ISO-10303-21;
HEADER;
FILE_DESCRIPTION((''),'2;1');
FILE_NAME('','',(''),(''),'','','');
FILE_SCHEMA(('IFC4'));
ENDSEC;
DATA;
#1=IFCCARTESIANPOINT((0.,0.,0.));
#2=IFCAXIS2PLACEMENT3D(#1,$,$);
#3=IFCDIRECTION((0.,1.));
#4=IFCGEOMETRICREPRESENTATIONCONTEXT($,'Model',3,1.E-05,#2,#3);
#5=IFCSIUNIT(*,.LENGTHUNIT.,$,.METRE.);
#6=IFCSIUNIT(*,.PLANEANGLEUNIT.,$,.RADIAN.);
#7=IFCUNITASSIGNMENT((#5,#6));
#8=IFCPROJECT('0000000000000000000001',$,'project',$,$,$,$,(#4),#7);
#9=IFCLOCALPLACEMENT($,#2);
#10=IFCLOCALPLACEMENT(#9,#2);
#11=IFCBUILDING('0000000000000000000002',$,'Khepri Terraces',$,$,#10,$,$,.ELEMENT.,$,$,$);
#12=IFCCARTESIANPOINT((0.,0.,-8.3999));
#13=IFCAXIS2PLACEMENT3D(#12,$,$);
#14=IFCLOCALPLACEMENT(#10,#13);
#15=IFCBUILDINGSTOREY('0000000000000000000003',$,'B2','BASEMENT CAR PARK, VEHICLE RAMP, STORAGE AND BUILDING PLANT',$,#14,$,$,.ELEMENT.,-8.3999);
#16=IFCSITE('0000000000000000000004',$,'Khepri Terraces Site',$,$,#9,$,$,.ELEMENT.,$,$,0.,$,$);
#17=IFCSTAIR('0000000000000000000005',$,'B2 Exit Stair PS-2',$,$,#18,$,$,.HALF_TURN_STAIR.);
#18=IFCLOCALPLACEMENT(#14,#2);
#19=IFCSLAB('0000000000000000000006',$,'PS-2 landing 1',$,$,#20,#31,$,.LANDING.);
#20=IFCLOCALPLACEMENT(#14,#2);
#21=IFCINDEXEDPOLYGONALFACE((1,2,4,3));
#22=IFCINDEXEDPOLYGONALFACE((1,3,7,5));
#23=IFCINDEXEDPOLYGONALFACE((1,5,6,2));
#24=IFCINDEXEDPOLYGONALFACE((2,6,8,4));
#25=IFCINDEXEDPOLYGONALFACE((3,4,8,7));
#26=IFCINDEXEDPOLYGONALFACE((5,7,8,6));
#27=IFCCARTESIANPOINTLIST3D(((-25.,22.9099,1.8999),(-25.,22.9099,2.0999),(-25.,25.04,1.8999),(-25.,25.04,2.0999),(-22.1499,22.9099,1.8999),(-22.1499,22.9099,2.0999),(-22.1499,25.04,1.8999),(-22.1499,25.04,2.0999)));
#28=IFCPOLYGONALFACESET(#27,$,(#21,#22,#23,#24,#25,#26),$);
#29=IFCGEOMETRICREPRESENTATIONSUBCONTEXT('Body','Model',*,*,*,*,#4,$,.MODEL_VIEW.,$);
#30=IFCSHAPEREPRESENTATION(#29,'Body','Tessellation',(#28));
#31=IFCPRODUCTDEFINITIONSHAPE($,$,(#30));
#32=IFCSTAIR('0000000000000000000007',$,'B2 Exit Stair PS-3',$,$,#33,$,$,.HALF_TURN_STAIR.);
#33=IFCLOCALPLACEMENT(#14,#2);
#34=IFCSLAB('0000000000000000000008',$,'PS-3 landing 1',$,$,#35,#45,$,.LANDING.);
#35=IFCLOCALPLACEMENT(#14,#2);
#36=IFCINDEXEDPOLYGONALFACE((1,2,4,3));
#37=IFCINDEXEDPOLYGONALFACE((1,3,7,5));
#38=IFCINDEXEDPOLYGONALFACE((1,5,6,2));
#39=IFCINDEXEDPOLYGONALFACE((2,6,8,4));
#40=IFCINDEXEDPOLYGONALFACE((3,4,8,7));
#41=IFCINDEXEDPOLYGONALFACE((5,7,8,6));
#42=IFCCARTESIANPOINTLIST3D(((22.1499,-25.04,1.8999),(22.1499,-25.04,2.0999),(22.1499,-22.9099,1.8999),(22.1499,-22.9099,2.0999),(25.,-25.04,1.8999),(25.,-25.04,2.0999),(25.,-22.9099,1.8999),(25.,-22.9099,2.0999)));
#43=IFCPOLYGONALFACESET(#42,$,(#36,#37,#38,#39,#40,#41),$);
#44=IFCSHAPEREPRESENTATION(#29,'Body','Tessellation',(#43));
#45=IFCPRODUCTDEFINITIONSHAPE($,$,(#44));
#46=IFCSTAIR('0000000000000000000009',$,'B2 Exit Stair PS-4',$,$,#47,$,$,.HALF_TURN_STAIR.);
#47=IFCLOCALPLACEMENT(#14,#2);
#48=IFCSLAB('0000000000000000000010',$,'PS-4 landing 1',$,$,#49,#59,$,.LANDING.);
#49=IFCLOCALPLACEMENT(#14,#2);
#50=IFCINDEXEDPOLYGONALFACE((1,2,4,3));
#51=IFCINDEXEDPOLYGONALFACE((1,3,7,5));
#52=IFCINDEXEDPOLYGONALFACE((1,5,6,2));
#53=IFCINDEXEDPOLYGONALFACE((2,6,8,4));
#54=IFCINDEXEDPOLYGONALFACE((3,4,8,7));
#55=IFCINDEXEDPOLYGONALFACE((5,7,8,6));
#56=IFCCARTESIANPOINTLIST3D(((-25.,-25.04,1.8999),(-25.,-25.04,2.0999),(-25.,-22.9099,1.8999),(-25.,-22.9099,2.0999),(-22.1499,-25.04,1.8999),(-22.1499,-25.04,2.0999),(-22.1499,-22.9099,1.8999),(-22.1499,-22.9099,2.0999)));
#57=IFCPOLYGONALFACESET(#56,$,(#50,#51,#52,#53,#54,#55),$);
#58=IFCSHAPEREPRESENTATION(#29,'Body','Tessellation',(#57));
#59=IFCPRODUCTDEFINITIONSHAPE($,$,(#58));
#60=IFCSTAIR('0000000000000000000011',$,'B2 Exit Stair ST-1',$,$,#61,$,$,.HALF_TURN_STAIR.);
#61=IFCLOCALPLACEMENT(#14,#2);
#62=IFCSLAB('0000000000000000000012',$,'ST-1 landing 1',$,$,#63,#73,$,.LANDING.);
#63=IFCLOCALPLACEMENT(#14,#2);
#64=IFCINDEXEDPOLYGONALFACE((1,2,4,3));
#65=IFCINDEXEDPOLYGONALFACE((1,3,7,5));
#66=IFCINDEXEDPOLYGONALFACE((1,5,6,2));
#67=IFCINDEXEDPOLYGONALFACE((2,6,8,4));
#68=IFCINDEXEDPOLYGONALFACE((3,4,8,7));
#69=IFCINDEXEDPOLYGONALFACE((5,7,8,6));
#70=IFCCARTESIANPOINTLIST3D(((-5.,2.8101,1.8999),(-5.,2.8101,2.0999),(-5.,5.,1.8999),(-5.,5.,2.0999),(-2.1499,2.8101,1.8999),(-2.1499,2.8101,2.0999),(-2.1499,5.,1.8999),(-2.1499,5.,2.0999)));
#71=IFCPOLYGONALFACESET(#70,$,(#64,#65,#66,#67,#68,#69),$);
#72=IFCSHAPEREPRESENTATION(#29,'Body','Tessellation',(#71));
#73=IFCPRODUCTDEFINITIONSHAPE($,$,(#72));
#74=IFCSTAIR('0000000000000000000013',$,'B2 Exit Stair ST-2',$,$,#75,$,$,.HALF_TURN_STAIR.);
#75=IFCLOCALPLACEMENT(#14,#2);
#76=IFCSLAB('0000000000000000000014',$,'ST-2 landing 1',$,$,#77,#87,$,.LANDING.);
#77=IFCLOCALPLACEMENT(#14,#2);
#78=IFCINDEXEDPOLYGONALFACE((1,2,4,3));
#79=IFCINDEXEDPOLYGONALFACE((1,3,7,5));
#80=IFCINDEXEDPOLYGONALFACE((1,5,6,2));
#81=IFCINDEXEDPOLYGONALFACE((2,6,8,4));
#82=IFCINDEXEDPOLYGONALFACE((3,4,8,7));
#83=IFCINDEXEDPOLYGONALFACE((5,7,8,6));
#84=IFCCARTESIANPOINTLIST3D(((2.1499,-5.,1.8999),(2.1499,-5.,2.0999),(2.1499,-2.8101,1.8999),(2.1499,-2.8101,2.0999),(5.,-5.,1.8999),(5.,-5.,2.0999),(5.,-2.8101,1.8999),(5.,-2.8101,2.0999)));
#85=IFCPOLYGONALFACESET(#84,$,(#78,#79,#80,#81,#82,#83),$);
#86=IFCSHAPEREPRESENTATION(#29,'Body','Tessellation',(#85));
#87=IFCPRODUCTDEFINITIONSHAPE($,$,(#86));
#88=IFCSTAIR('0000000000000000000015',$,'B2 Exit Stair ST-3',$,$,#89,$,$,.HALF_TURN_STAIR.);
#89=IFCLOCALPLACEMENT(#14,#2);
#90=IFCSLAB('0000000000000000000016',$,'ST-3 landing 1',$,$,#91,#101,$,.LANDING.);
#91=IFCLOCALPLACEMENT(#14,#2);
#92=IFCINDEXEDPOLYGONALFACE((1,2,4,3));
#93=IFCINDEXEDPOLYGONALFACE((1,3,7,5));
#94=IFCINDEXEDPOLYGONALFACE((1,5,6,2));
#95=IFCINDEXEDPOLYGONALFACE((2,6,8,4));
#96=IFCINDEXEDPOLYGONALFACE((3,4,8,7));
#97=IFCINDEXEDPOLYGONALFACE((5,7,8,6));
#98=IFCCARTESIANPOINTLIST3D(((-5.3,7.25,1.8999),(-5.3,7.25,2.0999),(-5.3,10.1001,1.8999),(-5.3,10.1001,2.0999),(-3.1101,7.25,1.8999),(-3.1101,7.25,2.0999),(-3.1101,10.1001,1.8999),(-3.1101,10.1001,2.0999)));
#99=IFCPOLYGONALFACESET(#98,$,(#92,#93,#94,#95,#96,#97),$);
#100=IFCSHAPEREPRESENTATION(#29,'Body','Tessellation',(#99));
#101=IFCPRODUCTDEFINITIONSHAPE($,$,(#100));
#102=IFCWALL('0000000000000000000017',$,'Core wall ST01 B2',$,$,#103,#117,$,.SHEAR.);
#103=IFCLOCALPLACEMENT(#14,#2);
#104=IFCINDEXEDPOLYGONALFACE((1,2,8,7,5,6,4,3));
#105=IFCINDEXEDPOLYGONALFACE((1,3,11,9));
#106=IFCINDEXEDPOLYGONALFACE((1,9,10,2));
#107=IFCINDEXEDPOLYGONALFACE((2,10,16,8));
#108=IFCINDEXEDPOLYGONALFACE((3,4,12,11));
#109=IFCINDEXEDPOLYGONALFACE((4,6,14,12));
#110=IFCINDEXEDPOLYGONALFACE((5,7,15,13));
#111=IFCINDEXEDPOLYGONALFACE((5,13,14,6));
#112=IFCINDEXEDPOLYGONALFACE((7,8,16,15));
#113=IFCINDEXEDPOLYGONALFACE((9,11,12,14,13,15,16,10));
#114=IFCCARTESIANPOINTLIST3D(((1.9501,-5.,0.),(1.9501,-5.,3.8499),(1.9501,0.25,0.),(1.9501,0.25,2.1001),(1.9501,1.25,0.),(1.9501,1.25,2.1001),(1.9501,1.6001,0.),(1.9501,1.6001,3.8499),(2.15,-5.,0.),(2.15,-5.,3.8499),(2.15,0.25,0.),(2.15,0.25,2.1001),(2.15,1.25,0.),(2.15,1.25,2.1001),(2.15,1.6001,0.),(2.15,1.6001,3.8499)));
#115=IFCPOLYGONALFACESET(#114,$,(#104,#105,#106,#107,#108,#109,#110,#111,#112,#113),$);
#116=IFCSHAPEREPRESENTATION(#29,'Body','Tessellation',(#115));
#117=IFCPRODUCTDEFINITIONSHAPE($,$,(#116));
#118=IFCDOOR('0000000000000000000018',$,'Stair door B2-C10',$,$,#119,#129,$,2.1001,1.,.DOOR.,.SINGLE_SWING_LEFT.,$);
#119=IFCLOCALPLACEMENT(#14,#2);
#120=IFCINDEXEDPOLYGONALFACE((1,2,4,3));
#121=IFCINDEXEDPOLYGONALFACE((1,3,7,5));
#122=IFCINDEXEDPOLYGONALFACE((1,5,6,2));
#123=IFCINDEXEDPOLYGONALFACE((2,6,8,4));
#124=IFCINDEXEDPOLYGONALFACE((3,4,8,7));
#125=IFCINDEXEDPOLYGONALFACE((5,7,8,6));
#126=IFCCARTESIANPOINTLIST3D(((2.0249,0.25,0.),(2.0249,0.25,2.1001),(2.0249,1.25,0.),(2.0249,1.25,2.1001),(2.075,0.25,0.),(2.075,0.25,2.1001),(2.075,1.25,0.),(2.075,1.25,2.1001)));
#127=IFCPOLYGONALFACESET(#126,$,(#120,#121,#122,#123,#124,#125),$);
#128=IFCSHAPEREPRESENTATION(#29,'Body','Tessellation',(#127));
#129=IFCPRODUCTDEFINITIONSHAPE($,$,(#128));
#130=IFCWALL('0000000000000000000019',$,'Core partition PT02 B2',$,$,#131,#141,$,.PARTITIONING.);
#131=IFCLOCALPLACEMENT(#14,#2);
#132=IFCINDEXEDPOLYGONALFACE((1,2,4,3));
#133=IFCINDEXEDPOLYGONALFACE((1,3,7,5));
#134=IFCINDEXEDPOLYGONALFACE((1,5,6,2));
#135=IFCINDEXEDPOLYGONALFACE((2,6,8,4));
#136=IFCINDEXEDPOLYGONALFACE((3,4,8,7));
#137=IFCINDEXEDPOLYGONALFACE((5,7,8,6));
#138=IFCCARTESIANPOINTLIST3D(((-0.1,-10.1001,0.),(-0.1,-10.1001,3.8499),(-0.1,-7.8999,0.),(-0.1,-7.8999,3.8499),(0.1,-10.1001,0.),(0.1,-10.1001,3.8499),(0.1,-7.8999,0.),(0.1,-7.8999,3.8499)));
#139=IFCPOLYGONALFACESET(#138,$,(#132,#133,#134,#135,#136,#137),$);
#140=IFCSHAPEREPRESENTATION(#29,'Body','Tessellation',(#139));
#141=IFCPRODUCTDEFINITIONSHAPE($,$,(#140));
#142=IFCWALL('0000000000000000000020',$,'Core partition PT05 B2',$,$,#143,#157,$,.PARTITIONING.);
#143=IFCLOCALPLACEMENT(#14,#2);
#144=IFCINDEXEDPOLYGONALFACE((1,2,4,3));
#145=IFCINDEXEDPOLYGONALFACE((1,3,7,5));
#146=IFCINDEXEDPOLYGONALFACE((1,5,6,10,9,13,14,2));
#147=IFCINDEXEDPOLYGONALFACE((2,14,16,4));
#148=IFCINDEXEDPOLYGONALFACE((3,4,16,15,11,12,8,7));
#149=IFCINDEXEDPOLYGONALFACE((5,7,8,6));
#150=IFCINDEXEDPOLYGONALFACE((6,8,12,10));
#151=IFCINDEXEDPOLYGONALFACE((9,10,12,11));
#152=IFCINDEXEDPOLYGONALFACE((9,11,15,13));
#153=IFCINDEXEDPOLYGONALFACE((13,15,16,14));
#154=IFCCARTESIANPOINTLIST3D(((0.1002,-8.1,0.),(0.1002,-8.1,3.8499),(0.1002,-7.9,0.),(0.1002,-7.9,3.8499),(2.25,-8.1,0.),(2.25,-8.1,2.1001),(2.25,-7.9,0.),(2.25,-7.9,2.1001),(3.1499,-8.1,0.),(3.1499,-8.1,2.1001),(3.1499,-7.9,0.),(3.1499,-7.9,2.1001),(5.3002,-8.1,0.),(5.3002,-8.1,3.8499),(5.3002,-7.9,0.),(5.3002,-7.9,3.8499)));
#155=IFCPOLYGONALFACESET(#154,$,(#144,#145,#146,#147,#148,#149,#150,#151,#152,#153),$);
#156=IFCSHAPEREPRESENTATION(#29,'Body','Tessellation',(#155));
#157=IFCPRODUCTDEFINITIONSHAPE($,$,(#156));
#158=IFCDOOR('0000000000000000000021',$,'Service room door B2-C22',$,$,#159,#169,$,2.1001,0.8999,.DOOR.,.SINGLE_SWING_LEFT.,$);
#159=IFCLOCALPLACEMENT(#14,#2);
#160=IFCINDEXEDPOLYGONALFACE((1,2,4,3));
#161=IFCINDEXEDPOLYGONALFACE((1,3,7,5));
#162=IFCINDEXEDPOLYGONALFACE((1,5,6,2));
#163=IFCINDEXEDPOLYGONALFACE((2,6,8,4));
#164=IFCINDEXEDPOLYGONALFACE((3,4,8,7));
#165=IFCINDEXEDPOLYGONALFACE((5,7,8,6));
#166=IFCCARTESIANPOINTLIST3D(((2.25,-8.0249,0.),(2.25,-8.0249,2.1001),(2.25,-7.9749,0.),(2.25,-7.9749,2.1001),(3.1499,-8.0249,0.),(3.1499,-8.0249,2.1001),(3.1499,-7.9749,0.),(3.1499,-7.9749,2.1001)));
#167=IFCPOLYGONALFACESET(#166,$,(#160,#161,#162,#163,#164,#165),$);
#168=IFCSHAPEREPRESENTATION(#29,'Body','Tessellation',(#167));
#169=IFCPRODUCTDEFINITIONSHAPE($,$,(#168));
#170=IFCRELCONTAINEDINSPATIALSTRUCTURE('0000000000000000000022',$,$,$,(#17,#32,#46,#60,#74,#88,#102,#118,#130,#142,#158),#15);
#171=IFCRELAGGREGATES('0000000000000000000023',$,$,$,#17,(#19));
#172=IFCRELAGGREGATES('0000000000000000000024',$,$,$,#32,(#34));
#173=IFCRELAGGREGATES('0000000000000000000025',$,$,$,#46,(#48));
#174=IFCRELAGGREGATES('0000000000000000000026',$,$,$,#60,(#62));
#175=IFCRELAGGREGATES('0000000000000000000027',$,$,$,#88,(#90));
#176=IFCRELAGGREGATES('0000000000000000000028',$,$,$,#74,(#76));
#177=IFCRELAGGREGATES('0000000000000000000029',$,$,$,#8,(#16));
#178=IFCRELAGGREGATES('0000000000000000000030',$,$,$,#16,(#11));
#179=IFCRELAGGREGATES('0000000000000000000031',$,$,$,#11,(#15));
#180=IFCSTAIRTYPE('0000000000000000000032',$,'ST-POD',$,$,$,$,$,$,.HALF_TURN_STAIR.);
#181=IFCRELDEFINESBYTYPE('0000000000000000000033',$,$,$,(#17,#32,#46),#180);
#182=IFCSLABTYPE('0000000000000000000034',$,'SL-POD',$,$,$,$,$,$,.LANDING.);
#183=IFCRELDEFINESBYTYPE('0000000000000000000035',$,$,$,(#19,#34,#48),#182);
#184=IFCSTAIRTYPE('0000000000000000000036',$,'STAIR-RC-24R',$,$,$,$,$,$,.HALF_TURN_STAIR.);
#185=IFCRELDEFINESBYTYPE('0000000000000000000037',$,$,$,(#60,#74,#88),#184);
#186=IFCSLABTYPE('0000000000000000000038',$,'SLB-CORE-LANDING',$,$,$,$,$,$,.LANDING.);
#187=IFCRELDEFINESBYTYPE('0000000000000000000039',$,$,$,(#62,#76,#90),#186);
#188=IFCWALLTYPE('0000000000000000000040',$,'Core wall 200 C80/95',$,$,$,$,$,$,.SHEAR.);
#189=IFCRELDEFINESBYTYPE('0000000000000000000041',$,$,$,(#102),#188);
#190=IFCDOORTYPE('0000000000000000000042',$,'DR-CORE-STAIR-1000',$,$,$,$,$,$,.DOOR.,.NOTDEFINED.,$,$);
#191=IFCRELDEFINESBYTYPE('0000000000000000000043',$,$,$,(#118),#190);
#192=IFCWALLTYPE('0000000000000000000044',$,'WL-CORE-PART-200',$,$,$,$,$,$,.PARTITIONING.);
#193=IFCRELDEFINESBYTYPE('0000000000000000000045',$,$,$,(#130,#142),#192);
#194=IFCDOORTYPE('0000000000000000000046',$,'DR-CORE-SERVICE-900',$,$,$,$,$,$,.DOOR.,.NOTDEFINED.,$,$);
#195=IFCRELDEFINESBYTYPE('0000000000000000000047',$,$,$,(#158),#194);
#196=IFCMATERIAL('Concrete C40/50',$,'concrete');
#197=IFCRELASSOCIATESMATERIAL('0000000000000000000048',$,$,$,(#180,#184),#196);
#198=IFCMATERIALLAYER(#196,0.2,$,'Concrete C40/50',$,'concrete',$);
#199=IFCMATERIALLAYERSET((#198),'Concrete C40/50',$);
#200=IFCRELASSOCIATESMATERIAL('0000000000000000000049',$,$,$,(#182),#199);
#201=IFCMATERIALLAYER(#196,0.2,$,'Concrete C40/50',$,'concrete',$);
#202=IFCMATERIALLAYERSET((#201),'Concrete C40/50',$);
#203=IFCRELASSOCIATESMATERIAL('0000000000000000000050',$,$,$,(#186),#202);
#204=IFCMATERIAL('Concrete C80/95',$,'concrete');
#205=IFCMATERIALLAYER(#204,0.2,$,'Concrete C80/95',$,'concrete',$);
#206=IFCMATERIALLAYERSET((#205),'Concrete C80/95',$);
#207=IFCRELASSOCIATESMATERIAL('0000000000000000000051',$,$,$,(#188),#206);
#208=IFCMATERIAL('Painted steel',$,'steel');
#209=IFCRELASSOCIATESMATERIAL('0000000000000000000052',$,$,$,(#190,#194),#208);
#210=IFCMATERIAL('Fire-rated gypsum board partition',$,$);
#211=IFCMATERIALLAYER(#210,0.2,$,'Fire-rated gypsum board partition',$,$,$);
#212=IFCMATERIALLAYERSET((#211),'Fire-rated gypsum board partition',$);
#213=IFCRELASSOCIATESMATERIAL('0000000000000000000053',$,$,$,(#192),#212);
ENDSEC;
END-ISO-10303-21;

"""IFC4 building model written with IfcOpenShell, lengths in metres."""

from ifc_helpers import new_model, si_unit, direction, frame, frame_2d, origin, place, context, subcontext, project, spatial, polyline, rectangle, outline, extrude, material, layer, layer_set, type_object, element, fill, aggregate, save


model = new_model("IFC4")

# Units and contexts
model_context = context("Model", 3, precision=1e-05, world=origin(), true_north=direction((0.0, 1.0)))
body_context = subcontext(model_context, "Body", "Model", "MODEL_VIEW")
ifc_project = project(units=[si_unit("LENGTHUNIT", "METRE"), si_unit("PLANEANGLEUNIT", "RADIAN")], contexts=[model_context])

# Site, building, storey
site_placement = place(None, origin())
site = spatial("IfcSite", under=ifc_project, at=site_placement, Name="Khepri Terraces Site", CompositionType="ELEMENT", RefElevation=0.0)
building_placement = place(site_placement, origin())
building = spatial("IfcBuilding", under=site, at=building_placement, Name="Khepri Terraces", CompositionType="ELEMENT")
storey_placement = place(building_placement, frame((0.0, 0.0, -8.3999)))
storey = spatial("IfcBuildingStorey", under=building, at=storey_placement, Name="B2", Description="BASEMENT CAR PARK, VEHICLE RAMP, STORAGE AND BUILDING PLANT", CompositionType="ELEMENT", Elevation=-8.3999)

# Shared definitions
ifc_material_1 = material(Name="Concrete C40/50", Category="concrete")

# Stairs, slabs
stair_type_1 = type_object("IfcStairType", Name="ST-POD", PredefinedType="HALF_TURN_STAIR", material=ifc_material_1)
ifc_layer_1 = layer(ifc_material_1, 0.2, Name="Concrete C40/50", Category="concrete")
ifc_layer_set_1 = layer_set([ifc_layer_1], Name="Concrete C40/50")
slab_type_1 = type_object("IfcSlabType", Name="SL-POD", PredefinedType="LANDING", material=ifc_layer_set_1)
stair_1_placement = place(storey_placement, origin())
stair_1 = element("IfcStair", 1, at=stair_1_placement, inside=storey, type_object=stair_type_1, Name="B2 Exit Stair PS-2", PredefinedType="HALF_TURN_STAIR")
slab_1_placement = place(storey_placement, frame((0.0, 0.0, 1.8999)))
slab_1 = element("IfcSlab", 2, at=slab_1_placement, type_object=slab_type_1, Name="PS-2 landing 1", PredefinedType="LANDING", context=body_context, shape_type="SweptSolid", body=[
    extrude(outline(polyline([(-22.1499, 22.9099), (-22.1499, 25.04), (-25.0, 25.04), (-25.0, 22.9099), (-22.1499, 22.9099)])), origin(), (0.0, 0.0, 1.0), 0.2),
])
aggregate(stair_1, [slab_1])
stair_2_placement = place(storey_placement, origin())
stair_2 = element("IfcStair", 3, at=stair_2_placement, inside=storey, type_object=stair_type_1, Name="B2 Exit Stair PS-3", PredefinedType="HALF_TURN_STAIR")
slab_2_placement = place(storey_placement, frame((0.0, 0.0, 1.8999)))
slab_2 = element("IfcSlab", 4, at=slab_2_placement, type_object=slab_type_1, Name="PS-3 landing 1", PredefinedType="LANDING", context=body_context, shape_type="SweptSolid", body=[
    extrude(outline(polyline([(22.1499, -22.9099), (22.1499, -25.04), (25.0, -25.04), (25.0, -22.9099), (22.1499, -22.9099)])), origin(), (0.0, 0.0, 1.0), 0.2),
])
aggregate(stair_2, [slab_2])
stair_3_placement = place(storey_placement, origin())
stair_3 = element("IfcStair", 5, at=stair_3_placement, inside=storey, type_object=stair_type_1, Name="B2 Exit Stair PS-4", PredefinedType="HALF_TURN_STAIR")
slab_3_placement = place(storey_placement, frame((0.0, 0.0, 1.8999)))
slab_3 = element("IfcSlab", 6, at=slab_3_placement, type_object=slab_type_1, Name="PS-4 landing 1", PredefinedType="LANDING", context=body_context, shape_type="SweptSolid", body=[
    extrude(outline(polyline([(-25.0, -22.9099), (-25.0, -25.04), (-22.1499, -25.04), (-22.1499, -22.9099), (-25.0, -22.9099)])), origin(), (0.0, 0.0, 1.0), 0.2),
])
aggregate(stair_3, [slab_3])
stair_type_2 = type_object("IfcStairType", Name="STAIR-RC-24R", PredefinedType="HALF_TURN_STAIR", material=ifc_material_1)
stair_4_placement = place(storey_placement, origin())
stair_4 = element("IfcStair", 7, at=stair_4_placement, inside=storey, type_object=stair_type_2, Name="B2 Exit Stair ST-1", PredefinedType="HALF_TURN_STAIR")
ifc_layer_2 = layer(ifc_material_1, 0.2, Name="Concrete C40/50", Category="concrete")
ifc_layer_set_2 = layer_set([ifc_layer_2], Name="Concrete C40/50")
slab_type_2 = type_object("IfcSlabType", Name="SLB-CORE-LANDING", PredefinedType="LANDING", material=ifc_layer_set_2)
slab_4_placement = place(storey_placement, frame((0.0, 0.0, 1.8999)))
slab_4 = element("IfcSlab", 8, at=slab_4_placement, type_object=slab_type_2, Name="ST-1 landing 1", PredefinedType="LANDING", context=body_context, shape_type="SweptSolid", body=[
    extrude(outline(polyline([(-2.1499, 2.8101), (-2.1499, 5.0), (-5.0, 5.0), (-5.0, 2.8101), (-2.1499, 2.8101)])), origin(), (0.0, 0.0, 1.0), 0.2),
])
aggregate(stair_4, [slab_4])
stair_5_placement = place(storey_placement, origin())
stair_5 = element("IfcStair", 9, at=stair_5_placement, inside=storey, type_object=stair_type_2, Name="B2 Exit Stair ST-2", PredefinedType="HALF_TURN_STAIR")
slab_5_placement = place(storey_placement, frame((0.0, 0.0, 1.8999)))
slab_5 = element("IfcSlab", 10, at=slab_5_placement, type_object=slab_type_2, Name="ST-2 landing 1", PredefinedType="LANDING", context=body_context, shape_type="SweptSolid", body=[
    extrude(outline(polyline([(2.1499, -2.8101), (2.1499, -5.0), (5.0, -5.0), (5.0, -2.8101), (2.1499, -2.8101)])), origin(), (0.0, 0.0, 1.0), 0.2),
])
stair_6_placement = place(storey_placement, origin())
stair_6 = element("IfcStair", 11, at=stair_6_placement, inside=storey, type_object=stair_type_2, Name="B2 Exit Stair ST-3", PredefinedType="HALF_TURN_STAIR")
slab_6_placement = place(storey_placement, frame((0.0, 0.0, 1.8999)))
slab_6 = element("IfcSlab", 12, at=slab_6_placement, type_object=slab_type_2, Name="ST-3 landing 1", PredefinedType="LANDING", context=body_context, shape_type="SweptSolid", body=[
    extrude(outline(polyline([(-3.1101, 10.1001), (-5.3, 10.1001), (-5.3, 7.25), (-3.1101, 7.25), (-3.1101, 10.1001)])), origin(), (0.0, 0.0, 1.0), 0.2),
])
aggregate(stair_6, [slab_6])

# Wall, opening, door
ifc_material_2 = material(Name="Concrete C80/95", Category="concrete")
ifc_layer_3 = layer(ifc_material_2, 0.2, Name="Concrete C80/95", Category="concrete")
ifc_layer_set_3 = layer_set([ifc_layer_3], Name="Concrete C80/95")
wall_type_1 = type_object("IfcWallType", Name="Core wall 200 C80/95", PredefinedType="SHEAR", material=ifc_layer_set_3)
wall_1_placement = place(storey_placement, frame((2.05, -5.0, 0.0), z_axis=(0.0, 0.0, 1.0), x_axis=(0.0, 1.0, 0.0)))
wall_1 = element("IfcWall", 13, at=wall_1_placement, inside=storey, type_object=wall_type_1, Name="Core wall ST01 B2", PredefinedType="SHEAR", context=body_context, shape_type="SweptSolid", body=[
    extrude(rectangle(XDim=6.6001, YDim=0.2, at=frame_2d((3.3, 0.0))), origin(), (0.0, 0.0, 1.0), 3.8499),
])
opening_1_placement = place(wall_1_placement, frame((5.25, 0.0, 0.0)))
opening_1 = element("IfcOpeningElement", 14, at=opening_1_placement, cuts=wall_1, PredefinedType="OPENING", context=body_context, shape_type="SweptSolid", body=[
    extrude(rectangle(XDim=1.0, YDim=2.1001, at=frame_2d((0.5, 1.05))), frame((0.0, 0.1099, 0.0), z_axis=(0.0, -1.0, 0.0), x_axis=(1.0, 0.0, 0.0)), (0.0, 0.0, 1.0), 0.22),
])
ifc_material_3 = material(Name="Painted steel", Category="steel")
door_type_1 = type_object("IfcDoorType", Name="DR-CORE-STAIR-1000", OperationType="NOTDEFINED", PredefinedType="DOOR", material=ifc_material_3)
door_1_placement = place(opening_1_placement, frame((1.0, 0.0, 0.0), z_axis=(0.0, 0.0, 1.0), x_axis=(-1.0, 0.0, 0.0)))
door_1 = element("IfcDoor", 15, at=door_1_placement, inside=storey, type_object=door_type_1, Name="Stair door B2-C10", OperationType="SINGLE_SWING_LEFT", OverallHeight=2.1001, OverallWidth=1.0, PredefinedType="DOOR", context=body_context, shape_type="SweptSolid", body=[
    extrude(rectangle(XDim=1.0, YDim=2.1001, at=frame_2d((0.5, 1.05))), frame((0.0, 0.0249, 0.0), z_axis=(0.0, -1.0, 0.0), x_axis=(1.0, 0.0, 0.0)), (0.0, 0.0, 1.0), 0.05),
])
fill(opening_1, door_1)

# Wall
ifc_material_4 = material(Name="Fire-rated gypsum board partition")
ifc_layer_4 = layer(ifc_material_4, 0.2, Name="Fire-rated gypsum board partition")
ifc_layer_set_4 = layer_set([ifc_layer_4], Name="Fire-rated gypsum board partition")
wall_type_2 = type_object("IfcWallType", Name="WL-CORE-PART-200", PredefinedType="PARTITIONING", material=ifc_layer_set_4)
wall_2_placement = place(storey_placement, frame((0.0, -10.1001, 0.0), z_axis=(0.0, 0.0, 1.0), x_axis=(0.0, 1.0, 0.0)))
element("IfcWall", 16, at=wall_2_placement, inside=storey, type_object=wall_type_2, Name="Core partition PT02 B2", PredefinedType="PARTITIONING", context=body_context, shape_type="SweptSolid", body=[
    extrude(rectangle(XDim=2.2002, YDim=0.2, at=frame_2d((1.1001, 0.0))), origin(), (0.0, 0.0, 1.0), 3.8499),
])

# Wall, opening, door
wall_3_placement = place(storey_placement, frame((0.1001, -8.0, 0.0), z_axis=(0.0, 0.0, 1.0), x_axis=(1.0, 0.0, 0.0)))
wall_3 = element("IfcWall", 17, at=wall_3_placement, inside=storey, type_object=wall_type_2, Name="Core partition PT05 B2", PredefinedType="PARTITIONING", context=body_context, shape_type="SweptSolid", body=[
    extrude(rectangle(XDim=5.2, YDim=0.2, at=frame_2d((2.6001, 0.0))), origin(), (0.0, 0.0, 1.0), 3.8499),
])
opening_2_placement = place(wall_3_placement, frame((2.1499, 0.0, 0.0)))
opening_2 = element("IfcOpeningElement", 18, at=opening_2_placement, cuts=wall_3, PredefinedType="OPENING", context=body_context, shape_type="SweptSolid", body=[
    extrude(rectangle(XDim=0.8999, YDim=2.1001, at=frame_2d((0.45, 1.05))), frame((0.0, 0.1099, 0.0), z_axis=(0.0, -1.0, 0.0), x_axis=(1.0, 0.0, 0.0)), (0.0, 0.0, 1.0), 0.22),
])
door_type_2 = type_object("IfcDoorType", Name="DR-CORE-SERVICE-900", OperationType="NOTDEFINED", PredefinedType="DOOR", material=ifc_material_3)
door_2_placement = place(opening_2_placement, frame((0.8999, 0.0, 0.0), z_axis=(0.0, 0.0, 1.0), x_axis=(-1.0, 0.0, 0.0)))
door_2 = element("IfcDoor", 19, at=door_2_placement, inside=storey, type_object=door_type_2, Name="Service room door B2-C22", OperationType="SINGLE_SWING_LEFT", OverallHeight=2.1001, OverallWidth=0.8999, PredefinedType="DOOR", context=body_context, shape_type="SweptSolid", body=[
    extrude(rectangle(XDim=0.8999, YDim=2.1001, at=frame_2d((0.45, 1.05))), frame((0.0, 0.0249, 0.0), z_axis=(0.0, -1.0, 0.0), x_axis=(1.0, 0.0, 0.0)), (0.0, 0.0, 1.0), 0.05),
])
fill(opening_2, door_2)

aggregate(stair_5, [slab_5])

save(model, "model.ifc")
